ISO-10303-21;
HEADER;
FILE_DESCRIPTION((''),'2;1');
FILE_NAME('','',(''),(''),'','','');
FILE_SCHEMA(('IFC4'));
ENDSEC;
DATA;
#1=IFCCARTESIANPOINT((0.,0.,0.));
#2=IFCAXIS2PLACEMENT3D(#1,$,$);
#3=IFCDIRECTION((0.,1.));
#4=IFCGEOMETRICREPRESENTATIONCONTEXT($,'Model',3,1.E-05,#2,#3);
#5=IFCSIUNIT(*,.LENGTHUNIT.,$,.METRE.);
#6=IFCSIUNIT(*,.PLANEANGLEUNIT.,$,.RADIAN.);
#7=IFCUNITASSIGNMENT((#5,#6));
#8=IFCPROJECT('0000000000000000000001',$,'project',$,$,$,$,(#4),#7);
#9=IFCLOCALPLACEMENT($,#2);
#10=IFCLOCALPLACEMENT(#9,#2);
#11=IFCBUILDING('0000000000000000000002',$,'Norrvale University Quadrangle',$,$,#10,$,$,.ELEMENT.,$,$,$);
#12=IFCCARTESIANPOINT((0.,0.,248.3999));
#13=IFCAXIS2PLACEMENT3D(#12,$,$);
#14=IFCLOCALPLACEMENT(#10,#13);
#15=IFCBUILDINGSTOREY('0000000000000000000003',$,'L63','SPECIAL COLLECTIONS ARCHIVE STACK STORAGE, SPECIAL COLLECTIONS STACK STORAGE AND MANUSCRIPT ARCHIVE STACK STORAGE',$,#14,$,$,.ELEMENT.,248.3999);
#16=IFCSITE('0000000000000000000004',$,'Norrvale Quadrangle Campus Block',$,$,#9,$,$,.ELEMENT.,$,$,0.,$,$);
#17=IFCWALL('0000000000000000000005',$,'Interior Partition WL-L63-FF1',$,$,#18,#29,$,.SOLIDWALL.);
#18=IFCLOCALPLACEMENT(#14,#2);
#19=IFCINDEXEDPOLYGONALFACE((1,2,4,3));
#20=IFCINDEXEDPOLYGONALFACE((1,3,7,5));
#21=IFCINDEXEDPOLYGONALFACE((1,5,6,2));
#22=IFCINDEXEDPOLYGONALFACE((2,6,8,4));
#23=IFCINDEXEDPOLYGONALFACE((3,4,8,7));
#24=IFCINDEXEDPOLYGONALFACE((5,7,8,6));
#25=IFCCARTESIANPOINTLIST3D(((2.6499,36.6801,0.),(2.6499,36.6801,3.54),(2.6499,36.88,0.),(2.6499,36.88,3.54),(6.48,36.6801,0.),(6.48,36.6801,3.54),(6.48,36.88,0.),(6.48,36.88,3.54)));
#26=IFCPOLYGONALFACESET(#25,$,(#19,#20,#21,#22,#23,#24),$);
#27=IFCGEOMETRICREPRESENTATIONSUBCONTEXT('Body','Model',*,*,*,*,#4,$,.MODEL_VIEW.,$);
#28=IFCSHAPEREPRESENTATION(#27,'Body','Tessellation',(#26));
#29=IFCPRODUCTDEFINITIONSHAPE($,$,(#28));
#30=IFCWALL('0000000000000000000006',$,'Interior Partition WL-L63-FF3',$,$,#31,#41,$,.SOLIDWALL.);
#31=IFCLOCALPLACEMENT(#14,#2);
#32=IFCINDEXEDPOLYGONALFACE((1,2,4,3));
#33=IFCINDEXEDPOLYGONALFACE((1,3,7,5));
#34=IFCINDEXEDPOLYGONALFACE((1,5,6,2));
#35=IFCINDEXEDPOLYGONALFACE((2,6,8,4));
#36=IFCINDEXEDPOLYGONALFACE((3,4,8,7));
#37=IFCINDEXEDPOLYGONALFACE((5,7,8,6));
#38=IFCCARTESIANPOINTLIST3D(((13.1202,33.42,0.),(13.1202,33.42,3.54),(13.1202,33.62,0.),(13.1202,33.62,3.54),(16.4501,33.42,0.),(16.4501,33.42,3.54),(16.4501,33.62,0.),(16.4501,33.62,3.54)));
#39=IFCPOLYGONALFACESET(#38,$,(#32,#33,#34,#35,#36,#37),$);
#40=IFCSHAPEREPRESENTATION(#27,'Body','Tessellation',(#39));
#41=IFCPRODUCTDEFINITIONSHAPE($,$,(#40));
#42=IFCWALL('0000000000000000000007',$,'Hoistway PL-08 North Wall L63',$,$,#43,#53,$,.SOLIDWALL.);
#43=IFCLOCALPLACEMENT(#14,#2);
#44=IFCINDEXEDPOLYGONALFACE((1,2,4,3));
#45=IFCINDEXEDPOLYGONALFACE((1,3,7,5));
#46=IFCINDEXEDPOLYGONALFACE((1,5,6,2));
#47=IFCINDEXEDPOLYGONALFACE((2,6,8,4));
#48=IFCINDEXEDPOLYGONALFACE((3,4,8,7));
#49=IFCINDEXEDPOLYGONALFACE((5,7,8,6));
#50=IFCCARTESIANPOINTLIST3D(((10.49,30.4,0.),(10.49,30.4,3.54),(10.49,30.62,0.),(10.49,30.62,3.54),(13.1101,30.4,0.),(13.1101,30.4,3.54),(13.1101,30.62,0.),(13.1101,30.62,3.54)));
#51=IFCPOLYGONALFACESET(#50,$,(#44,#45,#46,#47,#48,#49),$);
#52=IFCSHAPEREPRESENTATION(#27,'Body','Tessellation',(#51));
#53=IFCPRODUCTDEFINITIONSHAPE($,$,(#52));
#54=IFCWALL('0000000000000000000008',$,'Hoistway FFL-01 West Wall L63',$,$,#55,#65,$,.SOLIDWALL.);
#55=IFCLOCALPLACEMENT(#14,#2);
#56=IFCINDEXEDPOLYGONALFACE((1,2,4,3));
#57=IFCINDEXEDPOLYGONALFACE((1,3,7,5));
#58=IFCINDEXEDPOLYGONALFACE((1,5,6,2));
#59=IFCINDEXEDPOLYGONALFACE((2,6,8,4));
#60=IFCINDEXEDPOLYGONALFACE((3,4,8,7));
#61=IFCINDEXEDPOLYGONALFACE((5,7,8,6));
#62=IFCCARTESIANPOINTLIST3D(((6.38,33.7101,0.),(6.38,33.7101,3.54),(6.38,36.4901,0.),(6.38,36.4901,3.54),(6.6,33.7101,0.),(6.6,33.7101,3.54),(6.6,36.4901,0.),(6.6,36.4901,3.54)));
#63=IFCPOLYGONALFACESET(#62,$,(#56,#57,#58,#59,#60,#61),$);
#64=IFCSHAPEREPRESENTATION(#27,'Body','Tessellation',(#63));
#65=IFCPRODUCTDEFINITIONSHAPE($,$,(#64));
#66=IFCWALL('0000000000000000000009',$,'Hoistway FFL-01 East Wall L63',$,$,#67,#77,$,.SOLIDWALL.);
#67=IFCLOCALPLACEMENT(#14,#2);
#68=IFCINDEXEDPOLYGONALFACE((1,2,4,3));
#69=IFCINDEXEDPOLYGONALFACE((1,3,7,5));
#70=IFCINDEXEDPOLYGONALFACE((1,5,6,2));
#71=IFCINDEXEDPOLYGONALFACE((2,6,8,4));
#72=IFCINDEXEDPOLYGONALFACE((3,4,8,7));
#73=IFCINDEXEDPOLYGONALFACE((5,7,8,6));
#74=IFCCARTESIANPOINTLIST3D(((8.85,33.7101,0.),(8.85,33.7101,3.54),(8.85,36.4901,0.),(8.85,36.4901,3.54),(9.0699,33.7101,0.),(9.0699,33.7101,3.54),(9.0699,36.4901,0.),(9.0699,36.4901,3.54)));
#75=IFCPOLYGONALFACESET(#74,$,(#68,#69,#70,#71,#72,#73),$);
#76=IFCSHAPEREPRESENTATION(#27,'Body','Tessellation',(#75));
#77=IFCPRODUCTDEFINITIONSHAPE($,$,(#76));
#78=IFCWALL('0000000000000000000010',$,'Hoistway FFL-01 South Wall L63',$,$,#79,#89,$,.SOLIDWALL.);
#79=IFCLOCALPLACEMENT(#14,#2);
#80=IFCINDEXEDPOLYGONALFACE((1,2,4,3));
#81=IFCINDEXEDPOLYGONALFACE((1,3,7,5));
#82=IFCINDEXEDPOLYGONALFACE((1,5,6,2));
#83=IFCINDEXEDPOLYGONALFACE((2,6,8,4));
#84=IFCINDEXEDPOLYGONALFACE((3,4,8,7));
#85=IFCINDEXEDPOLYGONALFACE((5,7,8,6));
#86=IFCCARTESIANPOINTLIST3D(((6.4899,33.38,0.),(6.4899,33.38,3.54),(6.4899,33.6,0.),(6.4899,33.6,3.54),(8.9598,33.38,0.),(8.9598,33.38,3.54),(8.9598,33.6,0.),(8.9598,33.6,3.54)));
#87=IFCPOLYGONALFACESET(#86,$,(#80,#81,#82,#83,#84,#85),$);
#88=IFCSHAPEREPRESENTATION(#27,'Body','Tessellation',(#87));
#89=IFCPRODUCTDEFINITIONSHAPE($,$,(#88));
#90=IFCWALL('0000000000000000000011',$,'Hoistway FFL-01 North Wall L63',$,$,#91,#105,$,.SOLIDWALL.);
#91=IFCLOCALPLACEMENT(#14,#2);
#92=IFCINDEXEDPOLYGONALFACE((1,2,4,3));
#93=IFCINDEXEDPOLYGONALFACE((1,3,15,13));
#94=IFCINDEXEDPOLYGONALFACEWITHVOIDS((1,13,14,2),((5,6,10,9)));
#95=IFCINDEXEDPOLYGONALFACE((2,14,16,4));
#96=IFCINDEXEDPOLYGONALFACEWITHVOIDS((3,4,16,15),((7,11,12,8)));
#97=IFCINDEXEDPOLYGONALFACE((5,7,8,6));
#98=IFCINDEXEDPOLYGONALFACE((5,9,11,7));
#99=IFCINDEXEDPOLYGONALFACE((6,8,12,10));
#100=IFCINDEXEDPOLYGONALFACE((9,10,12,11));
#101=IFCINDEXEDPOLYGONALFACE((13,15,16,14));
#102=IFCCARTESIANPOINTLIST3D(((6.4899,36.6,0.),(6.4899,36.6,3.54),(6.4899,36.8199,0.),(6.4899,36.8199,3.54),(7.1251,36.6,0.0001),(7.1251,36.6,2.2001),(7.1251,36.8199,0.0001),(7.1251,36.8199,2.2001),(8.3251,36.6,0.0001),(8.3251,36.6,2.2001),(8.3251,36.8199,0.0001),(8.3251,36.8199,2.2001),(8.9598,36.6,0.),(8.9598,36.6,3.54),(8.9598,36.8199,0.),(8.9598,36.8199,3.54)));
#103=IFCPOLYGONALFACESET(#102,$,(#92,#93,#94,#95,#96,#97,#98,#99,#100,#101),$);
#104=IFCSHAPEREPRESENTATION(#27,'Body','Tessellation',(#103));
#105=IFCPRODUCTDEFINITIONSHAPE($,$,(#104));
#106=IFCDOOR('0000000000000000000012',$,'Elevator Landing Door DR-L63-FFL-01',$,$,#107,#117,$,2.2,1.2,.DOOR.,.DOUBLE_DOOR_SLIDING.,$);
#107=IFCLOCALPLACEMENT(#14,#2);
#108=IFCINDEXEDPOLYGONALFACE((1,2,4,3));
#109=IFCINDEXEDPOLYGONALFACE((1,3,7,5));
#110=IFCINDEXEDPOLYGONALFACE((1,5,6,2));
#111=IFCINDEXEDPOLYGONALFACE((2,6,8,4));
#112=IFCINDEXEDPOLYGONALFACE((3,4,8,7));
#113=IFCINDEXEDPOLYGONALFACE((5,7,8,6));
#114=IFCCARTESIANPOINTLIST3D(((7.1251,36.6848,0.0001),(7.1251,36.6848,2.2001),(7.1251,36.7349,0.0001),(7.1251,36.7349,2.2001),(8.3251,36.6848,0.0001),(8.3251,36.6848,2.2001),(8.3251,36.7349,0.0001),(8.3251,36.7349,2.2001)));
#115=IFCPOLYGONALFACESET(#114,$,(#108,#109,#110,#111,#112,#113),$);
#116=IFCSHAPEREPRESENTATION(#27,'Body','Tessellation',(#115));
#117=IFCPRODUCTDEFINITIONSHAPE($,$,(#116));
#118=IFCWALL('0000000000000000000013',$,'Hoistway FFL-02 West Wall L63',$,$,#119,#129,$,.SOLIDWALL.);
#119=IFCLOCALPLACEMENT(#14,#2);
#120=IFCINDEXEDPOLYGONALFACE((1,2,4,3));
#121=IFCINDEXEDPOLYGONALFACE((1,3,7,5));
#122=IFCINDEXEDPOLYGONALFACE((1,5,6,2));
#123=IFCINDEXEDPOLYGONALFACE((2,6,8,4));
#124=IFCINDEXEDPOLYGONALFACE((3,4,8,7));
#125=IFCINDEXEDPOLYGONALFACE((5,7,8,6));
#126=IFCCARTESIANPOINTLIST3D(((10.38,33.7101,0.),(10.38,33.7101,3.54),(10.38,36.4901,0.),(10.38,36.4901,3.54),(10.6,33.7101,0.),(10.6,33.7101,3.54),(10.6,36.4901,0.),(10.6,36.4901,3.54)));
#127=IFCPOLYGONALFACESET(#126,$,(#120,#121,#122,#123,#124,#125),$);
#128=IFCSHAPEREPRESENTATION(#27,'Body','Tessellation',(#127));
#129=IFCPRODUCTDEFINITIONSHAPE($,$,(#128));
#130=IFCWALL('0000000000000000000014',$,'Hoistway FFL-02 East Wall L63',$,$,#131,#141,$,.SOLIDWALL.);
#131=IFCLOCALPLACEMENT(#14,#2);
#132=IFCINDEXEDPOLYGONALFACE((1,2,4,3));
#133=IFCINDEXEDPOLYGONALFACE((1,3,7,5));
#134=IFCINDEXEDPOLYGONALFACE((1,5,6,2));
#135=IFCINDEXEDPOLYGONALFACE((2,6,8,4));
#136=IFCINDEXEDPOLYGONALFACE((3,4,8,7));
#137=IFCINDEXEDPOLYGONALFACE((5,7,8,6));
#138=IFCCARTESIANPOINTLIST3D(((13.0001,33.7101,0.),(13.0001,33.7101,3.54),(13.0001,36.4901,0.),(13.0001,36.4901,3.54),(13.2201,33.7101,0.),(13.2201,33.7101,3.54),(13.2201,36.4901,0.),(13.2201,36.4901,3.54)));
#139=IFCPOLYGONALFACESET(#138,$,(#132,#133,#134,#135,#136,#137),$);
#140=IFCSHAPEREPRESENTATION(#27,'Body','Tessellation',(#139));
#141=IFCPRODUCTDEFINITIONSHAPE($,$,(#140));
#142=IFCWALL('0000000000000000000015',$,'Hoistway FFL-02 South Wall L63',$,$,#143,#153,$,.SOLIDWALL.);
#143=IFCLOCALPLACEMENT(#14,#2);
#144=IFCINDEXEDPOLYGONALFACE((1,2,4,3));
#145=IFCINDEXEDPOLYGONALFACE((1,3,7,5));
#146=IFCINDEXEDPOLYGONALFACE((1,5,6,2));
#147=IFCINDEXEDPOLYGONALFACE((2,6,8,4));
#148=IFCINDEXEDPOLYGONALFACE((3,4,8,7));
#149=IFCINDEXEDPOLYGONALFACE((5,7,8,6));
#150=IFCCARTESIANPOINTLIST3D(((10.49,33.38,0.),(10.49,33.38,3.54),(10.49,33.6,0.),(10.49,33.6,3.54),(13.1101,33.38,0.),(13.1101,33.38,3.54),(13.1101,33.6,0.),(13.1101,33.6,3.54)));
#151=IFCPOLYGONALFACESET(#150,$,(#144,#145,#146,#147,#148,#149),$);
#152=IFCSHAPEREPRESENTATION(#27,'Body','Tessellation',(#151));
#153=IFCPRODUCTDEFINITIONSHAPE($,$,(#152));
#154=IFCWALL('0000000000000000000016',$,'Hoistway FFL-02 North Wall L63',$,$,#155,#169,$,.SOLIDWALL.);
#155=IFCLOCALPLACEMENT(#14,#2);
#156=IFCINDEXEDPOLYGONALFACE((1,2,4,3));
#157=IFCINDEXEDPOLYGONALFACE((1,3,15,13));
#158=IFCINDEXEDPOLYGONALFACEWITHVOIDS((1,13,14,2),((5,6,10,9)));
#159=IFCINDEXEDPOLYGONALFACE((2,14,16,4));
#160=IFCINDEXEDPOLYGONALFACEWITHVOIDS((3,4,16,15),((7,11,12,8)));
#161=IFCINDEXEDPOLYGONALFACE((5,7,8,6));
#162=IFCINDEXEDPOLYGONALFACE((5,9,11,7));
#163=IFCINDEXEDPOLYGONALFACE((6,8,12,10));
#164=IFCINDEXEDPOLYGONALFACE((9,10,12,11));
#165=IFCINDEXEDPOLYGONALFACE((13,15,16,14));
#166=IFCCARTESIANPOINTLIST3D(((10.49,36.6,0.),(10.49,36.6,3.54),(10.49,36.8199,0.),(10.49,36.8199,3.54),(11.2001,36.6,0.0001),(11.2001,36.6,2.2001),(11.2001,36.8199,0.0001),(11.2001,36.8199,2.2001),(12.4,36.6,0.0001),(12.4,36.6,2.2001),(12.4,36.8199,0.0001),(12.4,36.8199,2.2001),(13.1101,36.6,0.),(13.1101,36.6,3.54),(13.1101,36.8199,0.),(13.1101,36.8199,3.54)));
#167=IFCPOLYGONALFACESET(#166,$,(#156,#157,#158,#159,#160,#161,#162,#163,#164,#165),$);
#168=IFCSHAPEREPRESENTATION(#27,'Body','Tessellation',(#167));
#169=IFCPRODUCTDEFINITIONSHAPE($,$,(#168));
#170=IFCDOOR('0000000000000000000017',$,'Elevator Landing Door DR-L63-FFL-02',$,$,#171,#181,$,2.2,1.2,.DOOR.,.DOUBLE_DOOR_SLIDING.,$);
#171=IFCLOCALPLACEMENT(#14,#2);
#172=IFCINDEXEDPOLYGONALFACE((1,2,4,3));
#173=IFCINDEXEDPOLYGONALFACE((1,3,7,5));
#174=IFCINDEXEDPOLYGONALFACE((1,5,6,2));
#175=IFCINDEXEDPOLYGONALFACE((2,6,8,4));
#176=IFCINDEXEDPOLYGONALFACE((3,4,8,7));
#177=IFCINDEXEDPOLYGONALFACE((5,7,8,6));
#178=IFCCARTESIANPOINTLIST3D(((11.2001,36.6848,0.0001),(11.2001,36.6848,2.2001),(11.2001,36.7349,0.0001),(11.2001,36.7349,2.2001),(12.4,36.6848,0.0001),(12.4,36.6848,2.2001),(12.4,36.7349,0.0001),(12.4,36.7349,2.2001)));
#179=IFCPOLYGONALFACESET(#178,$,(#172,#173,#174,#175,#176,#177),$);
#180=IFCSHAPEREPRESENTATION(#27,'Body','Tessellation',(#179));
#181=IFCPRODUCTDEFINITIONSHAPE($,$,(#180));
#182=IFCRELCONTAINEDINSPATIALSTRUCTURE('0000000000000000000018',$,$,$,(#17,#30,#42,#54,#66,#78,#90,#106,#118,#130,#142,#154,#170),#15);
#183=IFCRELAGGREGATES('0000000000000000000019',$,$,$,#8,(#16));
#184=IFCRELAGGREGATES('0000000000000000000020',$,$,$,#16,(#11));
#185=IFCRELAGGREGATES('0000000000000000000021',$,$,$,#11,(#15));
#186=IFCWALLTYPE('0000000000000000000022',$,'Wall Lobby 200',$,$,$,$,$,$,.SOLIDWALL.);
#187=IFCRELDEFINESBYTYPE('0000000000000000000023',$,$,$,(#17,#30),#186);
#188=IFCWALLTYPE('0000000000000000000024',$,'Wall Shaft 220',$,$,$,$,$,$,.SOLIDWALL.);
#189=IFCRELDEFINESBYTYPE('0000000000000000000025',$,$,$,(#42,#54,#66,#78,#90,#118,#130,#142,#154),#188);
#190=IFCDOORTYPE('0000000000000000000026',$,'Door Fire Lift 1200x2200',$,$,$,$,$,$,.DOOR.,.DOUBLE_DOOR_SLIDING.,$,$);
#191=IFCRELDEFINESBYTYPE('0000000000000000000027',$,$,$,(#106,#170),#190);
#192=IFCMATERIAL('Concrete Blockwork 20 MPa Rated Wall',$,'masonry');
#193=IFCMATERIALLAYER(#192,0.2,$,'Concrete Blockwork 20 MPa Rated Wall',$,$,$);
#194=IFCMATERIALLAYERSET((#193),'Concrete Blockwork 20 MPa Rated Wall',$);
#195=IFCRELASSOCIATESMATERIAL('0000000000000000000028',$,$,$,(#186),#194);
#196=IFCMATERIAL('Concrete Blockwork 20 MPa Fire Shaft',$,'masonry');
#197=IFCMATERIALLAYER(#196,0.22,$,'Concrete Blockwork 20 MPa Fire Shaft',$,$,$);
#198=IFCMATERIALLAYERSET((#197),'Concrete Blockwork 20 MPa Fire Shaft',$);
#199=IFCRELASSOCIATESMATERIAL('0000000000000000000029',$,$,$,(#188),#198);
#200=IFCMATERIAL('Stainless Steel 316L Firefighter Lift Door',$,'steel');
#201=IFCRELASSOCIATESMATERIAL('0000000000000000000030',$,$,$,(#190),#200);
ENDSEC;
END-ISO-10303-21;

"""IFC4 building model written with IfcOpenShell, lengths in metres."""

from ifc_helpers import new_model, si_unit, direction, frame, frame_2d, origin, place, context, subcontext, project, spatial, rectangle, extrude, material, layer, layer_set, type_object, element, fill, save


model = new_model("IFC4")

# Units and contexts
model_context = context("Model", 3, precision=1e-05, world=origin(), true_north=direction((0.0, 1.0)))
body_context = subcontext(model_context, "Body", "Model", "MODEL_VIEW")
ifc_project = project(units=[si_unit("LENGTHUNIT", "METRE"), si_unit("PLANEANGLEUNIT", "RADIAN")], contexts=[model_context])

# Site, building, storey
site_placement = place(None, origin())
site = spatial("IfcSite", under=ifc_project, at=site_placement, Name="Norrvale Quadrangle Campus Block", CompositionType="ELEMENT", RefElevation=0.0)
building_placement = place(site_placement, origin())
building = spatial("IfcBuilding", under=site, at=building_placement, Name="Norrvale University Quadrangle", CompositionType="ELEMENT")
storey_placement = place(building_placement, frame((0.0, 0.0, 248.3999)))
storey = spatial("IfcBuildingStorey", under=building, at=storey_placement, Name="L63", Description="SPECIAL COLLECTIONS ARCHIVE STACK STORAGE, SPECIAL COLLECTIONS STACK STORAGE AND MANUSCRIPT ARCHIVE STACK STORAGE", CompositionType="ELEMENT", Elevation=248.3999)

# Walls
ifc_material_1 = material(Name="Concrete Blockwork 20 MPa Rated Wall", Category="masonry")
ifc_layer_1 = layer(ifc_material_1, 0.2, Name="Concrete Blockwork 20 MPa Rated Wall")
ifc_layer_set_1 = layer_set([ifc_layer_1], Name="Concrete Blockwork 20 MPa Rated Wall")
wall_type_1 = type_object("IfcWallType", Name="Wall Lobby 200", PredefinedType="SOLIDWALL", material=ifc_layer_set_1)
wall_1_placement = place(storey_placement, frame((2.6499, 36.78, 0.0), z_axis=(0.0, 0.0, 1.0), x_axis=(1.0, 0.0, 0.0)))
element("IfcWall", 1, at=wall_1_placement, inside=storey, type_object=wall_type_1, Name="Interior Partition WL-L63-FF1", PredefinedType="SOLIDWALL", context=body_context, shape_type="SweptSolid", body=[
    extrude(rectangle(XDim=3.8301, YDim=0.2, at=frame_2d((1.915, 0.0))), origin(), (0.0, 0.0, 1.0), 3.54),
])
wall_2_placement = place(storey_placement, frame((13.1201, 33.52, 0.0), z_axis=(0.0, 0.0, 1.0), x_axis=(1.0, 0.0, 0.0)))
element("IfcWall", 2, at=wall_2_placement, inside=storey, type_object=wall_type_1, Name="Interior Partition WL-L63-FF3", PredefinedType="SOLIDWALL", context=body_context, shape_type="SweptSolid", body=[
    extrude(rectangle(XDim=3.3298, YDim=0.2, at=frame_2d((1.665, 0.0))), origin(), (0.0, 0.0, 1.0), 3.54),
])
ifc_material_2 = material(Name="Concrete Blockwork 20 MPa Fire Shaft", Category="masonry")
ifc_layer_2 = layer(ifc_material_2, 0.22, Name="Concrete Blockwork 20 MPa Fire Shaft")
ifc_layer_set_2 = layer_set([ifc_layer_2], Name="Concrete Blockwork 20 MPa Fire Shaft")
wall_type_2 = type_object("IfcWallType", Name="Wall Shaft 220", PredefinedType="SOLIDWALL", material=ifc_layer_set_2)
wall_3_placement = place(storey_placement, frame((10.49, 30.51, 0.0), z_axis=(0.0, 0.0, 1.0), x_axis=(1.0, 0.0, 0.0)))
element("IfcWall", 3, at=wall_3_placement, inside=storey, type_object=wall_type_2, Name="Hoistway PL-08 North Wall L63", PredefinedType="SOLIDWALL", context=body_context, shape_type="SweptSolid", body=[
    extrude(rectangle(XDim=2.6201, YDim=0.22, at=frame_2d((1.3101, 0.0))), origin(), (0.0, 0.0, 1.0), 3.54),
])
for number, where, z_axis, x_axis, name in (
    (4, (6.49, 33.71, 0.0), (0.0, 0.0, 1.0), (0.0, 1.0, 0.0), "Hoistway FFL-01 West Wall L63"),
    (5, (8.96, 33.71, 0.0), (0.0, 0.0, 1.0), (0.0, 1.0, 0.0), "Hoistway FFL-01 East Wall L63"),
):
    element("IfcWall", number, at=place(storey_placement, frame(where, z_axis=z_axis, x_axis=x_axis)), inside=storey, type_object=wall_type_2, Name=name, PredefinedType="SOLIDWALL", context=body_context, shape_type="SweptSolid", body=[
        extrude(rectangle(XDim=2.78, YDim=0.22, at=frame_2d((1.3901, 0.0))), origin(), (0.0, 0.0, 1.0), 3.54),
    ])
wall_4_placement = place(storey_placement, frame((6.49, 33.49, 0.0), z_axis=(0.0, 0.0, 1.0), x_axis=(1.0, 0.0, 0.0)))
element("IfcWall", 6, at=wall_4_placement, inside=storey, type_object=wall_type_2, Name="Hoistway FFL-01 South Wall L63", PredefinedType="SOLIDWALL", context=body_context, shape_type="SweptSolid", body=[
    extrude(rectangle(XDim=2.47, YDim=0.22, at=frame_2d((1.2349, 0.0))), origin(), (0.0, 0.0, 1.0), 3.54),
])

# Wall, opening, door
wall_5_placement = place(storey_placement, frame((6.49, 36.71, 0.0), z_axis=(0.0, 0.0, 1.0), x_axis=(1.0, 0.0, 0.0)))
wall_5 = element("IfcWall", 7, at=wall_5_placement, inside=storey, type_object=wall_type_2, Name="Hoistway FFL-01 North Wall L63", PredefinedType="SOLIDWALL", context=body_context, shape_type="SweptSolid", body=[
    extrude(rectangle(XDim=2.47, YDim=0.22, at=frame_2d((1.2349, 0.0))), origin(), (0.0, 0.0, 1.0), 3.54),
])
opening_1_placement = place(wall_5_placement, frame((0.635, 0.0, 0.0)))
opening_1 = element("IfcOpeningElement", 8, at=opening_1_placement, cuts=wall_5, PredefinedType="OPENING", context=body_context, shape_type="SweptSolid", body=[
    extrude(rectangle(XDim=1.2, YDim=2.2, at=frame_2d((0.6001, 1.1001))), frame((0.0, 0.1221, 0.0), z_axis=(0.0, -1.0, 0.0), x_axis=(1.0, 0.0, 0.0)), (0.0, 0.0, 1.0), 0.2439),
])
ifc_material_3 = material(Name="Stainless Steel 316L Firefighter Lift Door", Category="steel")
door_type_1 = type_object("IfcDoorType", Name="Door Fire Lift 1200x2200", OperationType="DOUBLE_DOOR_SLIDING", PredefinedType="DOOR", material=ifc_material_3)
door_1_placement = place(opening_1_placement, origin())
door_1 = element("IfcDoor", 9, at=door_1_placement, inside=storey, type_object=door_type_1, Name="Elevator Landing Door DR-L63-FFL-01", OperationType="DOUBLE_DOOR_SLIDING", OverallHeight=2.2, OverallWidth=1.2, PredefinedType="DOOR", context=body_context, shape_type="SweptSolid", body=[
    extrude(rectangle(XDim=1.2, YDim=2.2, at=frame_2d((0.6001, 1.1001))), frame((0.0, 0.0249, 0.0), z_axis=(0.0, -1.0, 0.0), x_axis=(1.0, 0.0, 0.0)), (0.0, 0.0, 1.0), 0.05),
])
fill(opening_1, door_1)

# Walls
for number, where, z_axis, x_axis, name in (
    (10, (10.49, 33.71, 0.0), (0.0, 0.0, 1.0), (0.0, 1.0, 0.0), "Hoistway FFL-02 West Wall L63"),
    (11, (13.1101, 33.71, 0.0), (0.0, 0.0, 1.0), (0.0, 1.0, 0.0), "Hoistway FFL-02 East Wall L63"),
):
    element("IfcWall", number, at=place(storey_placement, frame(where, z_axis=z_axis, x_axis=x_axis)), inside=storey, type_object=wall_type_2, Name=name, PredefinedType="SOLIDWALL", context=body_context, shape_type="SweptSolid", body=[
        extrude(rectangle(XDim=2.78, YDim=0.22, at=frame_2d((1.3901, 0.0))), origin(), (0.0, 0.0, 1.0), 3.54),
    ])
wall_6_placement = place(storey_placement, frame((10.49, 33.49, 0.0), z_axis=(0.0, 0.0, 1.0), x_axis=(1.0, 0.0, 0.0)))
element("IfcWall", 12, at=wall_6_placement, inside=storey, type_object=wall_type_2, Name="Hoistway FFL-02 South Wall L63", PredefinedType="SOLIDWALL", context=body_context, shape_type="SweptSolid", body=[
    extrude(rectangle(XDim=2.6201, YDim=0.22, at=frame_2d((1.3101, 0.0))), origin(), (0.0, 0.0, 1.0), 3.54),
])

# Wall, opening, door
wall_7_placement = place(storey_placement, frame((10.49, 36.71, 0.0), z_axis=(0.0, 0.0, 1.0), x_axis=(1.0, 0.0, 0.0)))
wall_7 = element("IfcWall", 13, at=wall_7_placement, inside=storey, type_object=wall_type_2, Name="Hoistway FFL-02 North Wall L63", PredefinedType="SOLIDWALL", context=body_context, shape_type="SweptSolid", body=[
    extrude(rectangle(XDim=2.6201, YDim=0.22, at=frame_2d((1.3101, 0.0))), origin(), (0.0, 0.0, 1.0), 3.54),
])
opening_2_placement = place(wall_7_placement, frame((0.71, 0.0, 0.0)))
opening_2 = element("IfcOpeningElement", 14, at=opening_2_placement, cuts=wall_7, PredefinedType="OPENING", context=body_context, shape_type="SweptSolid", body=[
    extrude(rectangle(XDim=1.2, YDim=2.2, at=frame_2d((0.6001, 1.1001))), frame((0.0, 0.1221, 0.0), z_axis=(0.0, -1.0, 0.0), x_axis=(1.0, 0.0, 0.0)), (0.0, 0.0, 1.0), 0.2439),
])
door_2_placement = place(opening_2_placement, origin())
door_2 = element("IfcDoor", 15, at=door_2_placement, inside=storey, type_object=door_type_1, Name="Elevator Landing Door DR-L63-FFL-02", OperationType="DOUBLE_DOOR_SLIDING", OverallHeight=2.2, OverallWidth=1.2, PredefinedType="DOOR", context=body_context, shape_type="SweptSolid", body=[
    extrude(rectangle(XDim=1.2, YDim=2.2, at=frame_2d((0.6001, 1.1001))), frame((0.0, 0.0249, 0.0), z_axis=(0.0, -1.0, 0.0), x_axis=(1.0, 0.0, 0.0)), (0.0, 0.0, 1.0), 0.05),
])
fill(opening_2, door_2)

save(model, "model.ifc")
